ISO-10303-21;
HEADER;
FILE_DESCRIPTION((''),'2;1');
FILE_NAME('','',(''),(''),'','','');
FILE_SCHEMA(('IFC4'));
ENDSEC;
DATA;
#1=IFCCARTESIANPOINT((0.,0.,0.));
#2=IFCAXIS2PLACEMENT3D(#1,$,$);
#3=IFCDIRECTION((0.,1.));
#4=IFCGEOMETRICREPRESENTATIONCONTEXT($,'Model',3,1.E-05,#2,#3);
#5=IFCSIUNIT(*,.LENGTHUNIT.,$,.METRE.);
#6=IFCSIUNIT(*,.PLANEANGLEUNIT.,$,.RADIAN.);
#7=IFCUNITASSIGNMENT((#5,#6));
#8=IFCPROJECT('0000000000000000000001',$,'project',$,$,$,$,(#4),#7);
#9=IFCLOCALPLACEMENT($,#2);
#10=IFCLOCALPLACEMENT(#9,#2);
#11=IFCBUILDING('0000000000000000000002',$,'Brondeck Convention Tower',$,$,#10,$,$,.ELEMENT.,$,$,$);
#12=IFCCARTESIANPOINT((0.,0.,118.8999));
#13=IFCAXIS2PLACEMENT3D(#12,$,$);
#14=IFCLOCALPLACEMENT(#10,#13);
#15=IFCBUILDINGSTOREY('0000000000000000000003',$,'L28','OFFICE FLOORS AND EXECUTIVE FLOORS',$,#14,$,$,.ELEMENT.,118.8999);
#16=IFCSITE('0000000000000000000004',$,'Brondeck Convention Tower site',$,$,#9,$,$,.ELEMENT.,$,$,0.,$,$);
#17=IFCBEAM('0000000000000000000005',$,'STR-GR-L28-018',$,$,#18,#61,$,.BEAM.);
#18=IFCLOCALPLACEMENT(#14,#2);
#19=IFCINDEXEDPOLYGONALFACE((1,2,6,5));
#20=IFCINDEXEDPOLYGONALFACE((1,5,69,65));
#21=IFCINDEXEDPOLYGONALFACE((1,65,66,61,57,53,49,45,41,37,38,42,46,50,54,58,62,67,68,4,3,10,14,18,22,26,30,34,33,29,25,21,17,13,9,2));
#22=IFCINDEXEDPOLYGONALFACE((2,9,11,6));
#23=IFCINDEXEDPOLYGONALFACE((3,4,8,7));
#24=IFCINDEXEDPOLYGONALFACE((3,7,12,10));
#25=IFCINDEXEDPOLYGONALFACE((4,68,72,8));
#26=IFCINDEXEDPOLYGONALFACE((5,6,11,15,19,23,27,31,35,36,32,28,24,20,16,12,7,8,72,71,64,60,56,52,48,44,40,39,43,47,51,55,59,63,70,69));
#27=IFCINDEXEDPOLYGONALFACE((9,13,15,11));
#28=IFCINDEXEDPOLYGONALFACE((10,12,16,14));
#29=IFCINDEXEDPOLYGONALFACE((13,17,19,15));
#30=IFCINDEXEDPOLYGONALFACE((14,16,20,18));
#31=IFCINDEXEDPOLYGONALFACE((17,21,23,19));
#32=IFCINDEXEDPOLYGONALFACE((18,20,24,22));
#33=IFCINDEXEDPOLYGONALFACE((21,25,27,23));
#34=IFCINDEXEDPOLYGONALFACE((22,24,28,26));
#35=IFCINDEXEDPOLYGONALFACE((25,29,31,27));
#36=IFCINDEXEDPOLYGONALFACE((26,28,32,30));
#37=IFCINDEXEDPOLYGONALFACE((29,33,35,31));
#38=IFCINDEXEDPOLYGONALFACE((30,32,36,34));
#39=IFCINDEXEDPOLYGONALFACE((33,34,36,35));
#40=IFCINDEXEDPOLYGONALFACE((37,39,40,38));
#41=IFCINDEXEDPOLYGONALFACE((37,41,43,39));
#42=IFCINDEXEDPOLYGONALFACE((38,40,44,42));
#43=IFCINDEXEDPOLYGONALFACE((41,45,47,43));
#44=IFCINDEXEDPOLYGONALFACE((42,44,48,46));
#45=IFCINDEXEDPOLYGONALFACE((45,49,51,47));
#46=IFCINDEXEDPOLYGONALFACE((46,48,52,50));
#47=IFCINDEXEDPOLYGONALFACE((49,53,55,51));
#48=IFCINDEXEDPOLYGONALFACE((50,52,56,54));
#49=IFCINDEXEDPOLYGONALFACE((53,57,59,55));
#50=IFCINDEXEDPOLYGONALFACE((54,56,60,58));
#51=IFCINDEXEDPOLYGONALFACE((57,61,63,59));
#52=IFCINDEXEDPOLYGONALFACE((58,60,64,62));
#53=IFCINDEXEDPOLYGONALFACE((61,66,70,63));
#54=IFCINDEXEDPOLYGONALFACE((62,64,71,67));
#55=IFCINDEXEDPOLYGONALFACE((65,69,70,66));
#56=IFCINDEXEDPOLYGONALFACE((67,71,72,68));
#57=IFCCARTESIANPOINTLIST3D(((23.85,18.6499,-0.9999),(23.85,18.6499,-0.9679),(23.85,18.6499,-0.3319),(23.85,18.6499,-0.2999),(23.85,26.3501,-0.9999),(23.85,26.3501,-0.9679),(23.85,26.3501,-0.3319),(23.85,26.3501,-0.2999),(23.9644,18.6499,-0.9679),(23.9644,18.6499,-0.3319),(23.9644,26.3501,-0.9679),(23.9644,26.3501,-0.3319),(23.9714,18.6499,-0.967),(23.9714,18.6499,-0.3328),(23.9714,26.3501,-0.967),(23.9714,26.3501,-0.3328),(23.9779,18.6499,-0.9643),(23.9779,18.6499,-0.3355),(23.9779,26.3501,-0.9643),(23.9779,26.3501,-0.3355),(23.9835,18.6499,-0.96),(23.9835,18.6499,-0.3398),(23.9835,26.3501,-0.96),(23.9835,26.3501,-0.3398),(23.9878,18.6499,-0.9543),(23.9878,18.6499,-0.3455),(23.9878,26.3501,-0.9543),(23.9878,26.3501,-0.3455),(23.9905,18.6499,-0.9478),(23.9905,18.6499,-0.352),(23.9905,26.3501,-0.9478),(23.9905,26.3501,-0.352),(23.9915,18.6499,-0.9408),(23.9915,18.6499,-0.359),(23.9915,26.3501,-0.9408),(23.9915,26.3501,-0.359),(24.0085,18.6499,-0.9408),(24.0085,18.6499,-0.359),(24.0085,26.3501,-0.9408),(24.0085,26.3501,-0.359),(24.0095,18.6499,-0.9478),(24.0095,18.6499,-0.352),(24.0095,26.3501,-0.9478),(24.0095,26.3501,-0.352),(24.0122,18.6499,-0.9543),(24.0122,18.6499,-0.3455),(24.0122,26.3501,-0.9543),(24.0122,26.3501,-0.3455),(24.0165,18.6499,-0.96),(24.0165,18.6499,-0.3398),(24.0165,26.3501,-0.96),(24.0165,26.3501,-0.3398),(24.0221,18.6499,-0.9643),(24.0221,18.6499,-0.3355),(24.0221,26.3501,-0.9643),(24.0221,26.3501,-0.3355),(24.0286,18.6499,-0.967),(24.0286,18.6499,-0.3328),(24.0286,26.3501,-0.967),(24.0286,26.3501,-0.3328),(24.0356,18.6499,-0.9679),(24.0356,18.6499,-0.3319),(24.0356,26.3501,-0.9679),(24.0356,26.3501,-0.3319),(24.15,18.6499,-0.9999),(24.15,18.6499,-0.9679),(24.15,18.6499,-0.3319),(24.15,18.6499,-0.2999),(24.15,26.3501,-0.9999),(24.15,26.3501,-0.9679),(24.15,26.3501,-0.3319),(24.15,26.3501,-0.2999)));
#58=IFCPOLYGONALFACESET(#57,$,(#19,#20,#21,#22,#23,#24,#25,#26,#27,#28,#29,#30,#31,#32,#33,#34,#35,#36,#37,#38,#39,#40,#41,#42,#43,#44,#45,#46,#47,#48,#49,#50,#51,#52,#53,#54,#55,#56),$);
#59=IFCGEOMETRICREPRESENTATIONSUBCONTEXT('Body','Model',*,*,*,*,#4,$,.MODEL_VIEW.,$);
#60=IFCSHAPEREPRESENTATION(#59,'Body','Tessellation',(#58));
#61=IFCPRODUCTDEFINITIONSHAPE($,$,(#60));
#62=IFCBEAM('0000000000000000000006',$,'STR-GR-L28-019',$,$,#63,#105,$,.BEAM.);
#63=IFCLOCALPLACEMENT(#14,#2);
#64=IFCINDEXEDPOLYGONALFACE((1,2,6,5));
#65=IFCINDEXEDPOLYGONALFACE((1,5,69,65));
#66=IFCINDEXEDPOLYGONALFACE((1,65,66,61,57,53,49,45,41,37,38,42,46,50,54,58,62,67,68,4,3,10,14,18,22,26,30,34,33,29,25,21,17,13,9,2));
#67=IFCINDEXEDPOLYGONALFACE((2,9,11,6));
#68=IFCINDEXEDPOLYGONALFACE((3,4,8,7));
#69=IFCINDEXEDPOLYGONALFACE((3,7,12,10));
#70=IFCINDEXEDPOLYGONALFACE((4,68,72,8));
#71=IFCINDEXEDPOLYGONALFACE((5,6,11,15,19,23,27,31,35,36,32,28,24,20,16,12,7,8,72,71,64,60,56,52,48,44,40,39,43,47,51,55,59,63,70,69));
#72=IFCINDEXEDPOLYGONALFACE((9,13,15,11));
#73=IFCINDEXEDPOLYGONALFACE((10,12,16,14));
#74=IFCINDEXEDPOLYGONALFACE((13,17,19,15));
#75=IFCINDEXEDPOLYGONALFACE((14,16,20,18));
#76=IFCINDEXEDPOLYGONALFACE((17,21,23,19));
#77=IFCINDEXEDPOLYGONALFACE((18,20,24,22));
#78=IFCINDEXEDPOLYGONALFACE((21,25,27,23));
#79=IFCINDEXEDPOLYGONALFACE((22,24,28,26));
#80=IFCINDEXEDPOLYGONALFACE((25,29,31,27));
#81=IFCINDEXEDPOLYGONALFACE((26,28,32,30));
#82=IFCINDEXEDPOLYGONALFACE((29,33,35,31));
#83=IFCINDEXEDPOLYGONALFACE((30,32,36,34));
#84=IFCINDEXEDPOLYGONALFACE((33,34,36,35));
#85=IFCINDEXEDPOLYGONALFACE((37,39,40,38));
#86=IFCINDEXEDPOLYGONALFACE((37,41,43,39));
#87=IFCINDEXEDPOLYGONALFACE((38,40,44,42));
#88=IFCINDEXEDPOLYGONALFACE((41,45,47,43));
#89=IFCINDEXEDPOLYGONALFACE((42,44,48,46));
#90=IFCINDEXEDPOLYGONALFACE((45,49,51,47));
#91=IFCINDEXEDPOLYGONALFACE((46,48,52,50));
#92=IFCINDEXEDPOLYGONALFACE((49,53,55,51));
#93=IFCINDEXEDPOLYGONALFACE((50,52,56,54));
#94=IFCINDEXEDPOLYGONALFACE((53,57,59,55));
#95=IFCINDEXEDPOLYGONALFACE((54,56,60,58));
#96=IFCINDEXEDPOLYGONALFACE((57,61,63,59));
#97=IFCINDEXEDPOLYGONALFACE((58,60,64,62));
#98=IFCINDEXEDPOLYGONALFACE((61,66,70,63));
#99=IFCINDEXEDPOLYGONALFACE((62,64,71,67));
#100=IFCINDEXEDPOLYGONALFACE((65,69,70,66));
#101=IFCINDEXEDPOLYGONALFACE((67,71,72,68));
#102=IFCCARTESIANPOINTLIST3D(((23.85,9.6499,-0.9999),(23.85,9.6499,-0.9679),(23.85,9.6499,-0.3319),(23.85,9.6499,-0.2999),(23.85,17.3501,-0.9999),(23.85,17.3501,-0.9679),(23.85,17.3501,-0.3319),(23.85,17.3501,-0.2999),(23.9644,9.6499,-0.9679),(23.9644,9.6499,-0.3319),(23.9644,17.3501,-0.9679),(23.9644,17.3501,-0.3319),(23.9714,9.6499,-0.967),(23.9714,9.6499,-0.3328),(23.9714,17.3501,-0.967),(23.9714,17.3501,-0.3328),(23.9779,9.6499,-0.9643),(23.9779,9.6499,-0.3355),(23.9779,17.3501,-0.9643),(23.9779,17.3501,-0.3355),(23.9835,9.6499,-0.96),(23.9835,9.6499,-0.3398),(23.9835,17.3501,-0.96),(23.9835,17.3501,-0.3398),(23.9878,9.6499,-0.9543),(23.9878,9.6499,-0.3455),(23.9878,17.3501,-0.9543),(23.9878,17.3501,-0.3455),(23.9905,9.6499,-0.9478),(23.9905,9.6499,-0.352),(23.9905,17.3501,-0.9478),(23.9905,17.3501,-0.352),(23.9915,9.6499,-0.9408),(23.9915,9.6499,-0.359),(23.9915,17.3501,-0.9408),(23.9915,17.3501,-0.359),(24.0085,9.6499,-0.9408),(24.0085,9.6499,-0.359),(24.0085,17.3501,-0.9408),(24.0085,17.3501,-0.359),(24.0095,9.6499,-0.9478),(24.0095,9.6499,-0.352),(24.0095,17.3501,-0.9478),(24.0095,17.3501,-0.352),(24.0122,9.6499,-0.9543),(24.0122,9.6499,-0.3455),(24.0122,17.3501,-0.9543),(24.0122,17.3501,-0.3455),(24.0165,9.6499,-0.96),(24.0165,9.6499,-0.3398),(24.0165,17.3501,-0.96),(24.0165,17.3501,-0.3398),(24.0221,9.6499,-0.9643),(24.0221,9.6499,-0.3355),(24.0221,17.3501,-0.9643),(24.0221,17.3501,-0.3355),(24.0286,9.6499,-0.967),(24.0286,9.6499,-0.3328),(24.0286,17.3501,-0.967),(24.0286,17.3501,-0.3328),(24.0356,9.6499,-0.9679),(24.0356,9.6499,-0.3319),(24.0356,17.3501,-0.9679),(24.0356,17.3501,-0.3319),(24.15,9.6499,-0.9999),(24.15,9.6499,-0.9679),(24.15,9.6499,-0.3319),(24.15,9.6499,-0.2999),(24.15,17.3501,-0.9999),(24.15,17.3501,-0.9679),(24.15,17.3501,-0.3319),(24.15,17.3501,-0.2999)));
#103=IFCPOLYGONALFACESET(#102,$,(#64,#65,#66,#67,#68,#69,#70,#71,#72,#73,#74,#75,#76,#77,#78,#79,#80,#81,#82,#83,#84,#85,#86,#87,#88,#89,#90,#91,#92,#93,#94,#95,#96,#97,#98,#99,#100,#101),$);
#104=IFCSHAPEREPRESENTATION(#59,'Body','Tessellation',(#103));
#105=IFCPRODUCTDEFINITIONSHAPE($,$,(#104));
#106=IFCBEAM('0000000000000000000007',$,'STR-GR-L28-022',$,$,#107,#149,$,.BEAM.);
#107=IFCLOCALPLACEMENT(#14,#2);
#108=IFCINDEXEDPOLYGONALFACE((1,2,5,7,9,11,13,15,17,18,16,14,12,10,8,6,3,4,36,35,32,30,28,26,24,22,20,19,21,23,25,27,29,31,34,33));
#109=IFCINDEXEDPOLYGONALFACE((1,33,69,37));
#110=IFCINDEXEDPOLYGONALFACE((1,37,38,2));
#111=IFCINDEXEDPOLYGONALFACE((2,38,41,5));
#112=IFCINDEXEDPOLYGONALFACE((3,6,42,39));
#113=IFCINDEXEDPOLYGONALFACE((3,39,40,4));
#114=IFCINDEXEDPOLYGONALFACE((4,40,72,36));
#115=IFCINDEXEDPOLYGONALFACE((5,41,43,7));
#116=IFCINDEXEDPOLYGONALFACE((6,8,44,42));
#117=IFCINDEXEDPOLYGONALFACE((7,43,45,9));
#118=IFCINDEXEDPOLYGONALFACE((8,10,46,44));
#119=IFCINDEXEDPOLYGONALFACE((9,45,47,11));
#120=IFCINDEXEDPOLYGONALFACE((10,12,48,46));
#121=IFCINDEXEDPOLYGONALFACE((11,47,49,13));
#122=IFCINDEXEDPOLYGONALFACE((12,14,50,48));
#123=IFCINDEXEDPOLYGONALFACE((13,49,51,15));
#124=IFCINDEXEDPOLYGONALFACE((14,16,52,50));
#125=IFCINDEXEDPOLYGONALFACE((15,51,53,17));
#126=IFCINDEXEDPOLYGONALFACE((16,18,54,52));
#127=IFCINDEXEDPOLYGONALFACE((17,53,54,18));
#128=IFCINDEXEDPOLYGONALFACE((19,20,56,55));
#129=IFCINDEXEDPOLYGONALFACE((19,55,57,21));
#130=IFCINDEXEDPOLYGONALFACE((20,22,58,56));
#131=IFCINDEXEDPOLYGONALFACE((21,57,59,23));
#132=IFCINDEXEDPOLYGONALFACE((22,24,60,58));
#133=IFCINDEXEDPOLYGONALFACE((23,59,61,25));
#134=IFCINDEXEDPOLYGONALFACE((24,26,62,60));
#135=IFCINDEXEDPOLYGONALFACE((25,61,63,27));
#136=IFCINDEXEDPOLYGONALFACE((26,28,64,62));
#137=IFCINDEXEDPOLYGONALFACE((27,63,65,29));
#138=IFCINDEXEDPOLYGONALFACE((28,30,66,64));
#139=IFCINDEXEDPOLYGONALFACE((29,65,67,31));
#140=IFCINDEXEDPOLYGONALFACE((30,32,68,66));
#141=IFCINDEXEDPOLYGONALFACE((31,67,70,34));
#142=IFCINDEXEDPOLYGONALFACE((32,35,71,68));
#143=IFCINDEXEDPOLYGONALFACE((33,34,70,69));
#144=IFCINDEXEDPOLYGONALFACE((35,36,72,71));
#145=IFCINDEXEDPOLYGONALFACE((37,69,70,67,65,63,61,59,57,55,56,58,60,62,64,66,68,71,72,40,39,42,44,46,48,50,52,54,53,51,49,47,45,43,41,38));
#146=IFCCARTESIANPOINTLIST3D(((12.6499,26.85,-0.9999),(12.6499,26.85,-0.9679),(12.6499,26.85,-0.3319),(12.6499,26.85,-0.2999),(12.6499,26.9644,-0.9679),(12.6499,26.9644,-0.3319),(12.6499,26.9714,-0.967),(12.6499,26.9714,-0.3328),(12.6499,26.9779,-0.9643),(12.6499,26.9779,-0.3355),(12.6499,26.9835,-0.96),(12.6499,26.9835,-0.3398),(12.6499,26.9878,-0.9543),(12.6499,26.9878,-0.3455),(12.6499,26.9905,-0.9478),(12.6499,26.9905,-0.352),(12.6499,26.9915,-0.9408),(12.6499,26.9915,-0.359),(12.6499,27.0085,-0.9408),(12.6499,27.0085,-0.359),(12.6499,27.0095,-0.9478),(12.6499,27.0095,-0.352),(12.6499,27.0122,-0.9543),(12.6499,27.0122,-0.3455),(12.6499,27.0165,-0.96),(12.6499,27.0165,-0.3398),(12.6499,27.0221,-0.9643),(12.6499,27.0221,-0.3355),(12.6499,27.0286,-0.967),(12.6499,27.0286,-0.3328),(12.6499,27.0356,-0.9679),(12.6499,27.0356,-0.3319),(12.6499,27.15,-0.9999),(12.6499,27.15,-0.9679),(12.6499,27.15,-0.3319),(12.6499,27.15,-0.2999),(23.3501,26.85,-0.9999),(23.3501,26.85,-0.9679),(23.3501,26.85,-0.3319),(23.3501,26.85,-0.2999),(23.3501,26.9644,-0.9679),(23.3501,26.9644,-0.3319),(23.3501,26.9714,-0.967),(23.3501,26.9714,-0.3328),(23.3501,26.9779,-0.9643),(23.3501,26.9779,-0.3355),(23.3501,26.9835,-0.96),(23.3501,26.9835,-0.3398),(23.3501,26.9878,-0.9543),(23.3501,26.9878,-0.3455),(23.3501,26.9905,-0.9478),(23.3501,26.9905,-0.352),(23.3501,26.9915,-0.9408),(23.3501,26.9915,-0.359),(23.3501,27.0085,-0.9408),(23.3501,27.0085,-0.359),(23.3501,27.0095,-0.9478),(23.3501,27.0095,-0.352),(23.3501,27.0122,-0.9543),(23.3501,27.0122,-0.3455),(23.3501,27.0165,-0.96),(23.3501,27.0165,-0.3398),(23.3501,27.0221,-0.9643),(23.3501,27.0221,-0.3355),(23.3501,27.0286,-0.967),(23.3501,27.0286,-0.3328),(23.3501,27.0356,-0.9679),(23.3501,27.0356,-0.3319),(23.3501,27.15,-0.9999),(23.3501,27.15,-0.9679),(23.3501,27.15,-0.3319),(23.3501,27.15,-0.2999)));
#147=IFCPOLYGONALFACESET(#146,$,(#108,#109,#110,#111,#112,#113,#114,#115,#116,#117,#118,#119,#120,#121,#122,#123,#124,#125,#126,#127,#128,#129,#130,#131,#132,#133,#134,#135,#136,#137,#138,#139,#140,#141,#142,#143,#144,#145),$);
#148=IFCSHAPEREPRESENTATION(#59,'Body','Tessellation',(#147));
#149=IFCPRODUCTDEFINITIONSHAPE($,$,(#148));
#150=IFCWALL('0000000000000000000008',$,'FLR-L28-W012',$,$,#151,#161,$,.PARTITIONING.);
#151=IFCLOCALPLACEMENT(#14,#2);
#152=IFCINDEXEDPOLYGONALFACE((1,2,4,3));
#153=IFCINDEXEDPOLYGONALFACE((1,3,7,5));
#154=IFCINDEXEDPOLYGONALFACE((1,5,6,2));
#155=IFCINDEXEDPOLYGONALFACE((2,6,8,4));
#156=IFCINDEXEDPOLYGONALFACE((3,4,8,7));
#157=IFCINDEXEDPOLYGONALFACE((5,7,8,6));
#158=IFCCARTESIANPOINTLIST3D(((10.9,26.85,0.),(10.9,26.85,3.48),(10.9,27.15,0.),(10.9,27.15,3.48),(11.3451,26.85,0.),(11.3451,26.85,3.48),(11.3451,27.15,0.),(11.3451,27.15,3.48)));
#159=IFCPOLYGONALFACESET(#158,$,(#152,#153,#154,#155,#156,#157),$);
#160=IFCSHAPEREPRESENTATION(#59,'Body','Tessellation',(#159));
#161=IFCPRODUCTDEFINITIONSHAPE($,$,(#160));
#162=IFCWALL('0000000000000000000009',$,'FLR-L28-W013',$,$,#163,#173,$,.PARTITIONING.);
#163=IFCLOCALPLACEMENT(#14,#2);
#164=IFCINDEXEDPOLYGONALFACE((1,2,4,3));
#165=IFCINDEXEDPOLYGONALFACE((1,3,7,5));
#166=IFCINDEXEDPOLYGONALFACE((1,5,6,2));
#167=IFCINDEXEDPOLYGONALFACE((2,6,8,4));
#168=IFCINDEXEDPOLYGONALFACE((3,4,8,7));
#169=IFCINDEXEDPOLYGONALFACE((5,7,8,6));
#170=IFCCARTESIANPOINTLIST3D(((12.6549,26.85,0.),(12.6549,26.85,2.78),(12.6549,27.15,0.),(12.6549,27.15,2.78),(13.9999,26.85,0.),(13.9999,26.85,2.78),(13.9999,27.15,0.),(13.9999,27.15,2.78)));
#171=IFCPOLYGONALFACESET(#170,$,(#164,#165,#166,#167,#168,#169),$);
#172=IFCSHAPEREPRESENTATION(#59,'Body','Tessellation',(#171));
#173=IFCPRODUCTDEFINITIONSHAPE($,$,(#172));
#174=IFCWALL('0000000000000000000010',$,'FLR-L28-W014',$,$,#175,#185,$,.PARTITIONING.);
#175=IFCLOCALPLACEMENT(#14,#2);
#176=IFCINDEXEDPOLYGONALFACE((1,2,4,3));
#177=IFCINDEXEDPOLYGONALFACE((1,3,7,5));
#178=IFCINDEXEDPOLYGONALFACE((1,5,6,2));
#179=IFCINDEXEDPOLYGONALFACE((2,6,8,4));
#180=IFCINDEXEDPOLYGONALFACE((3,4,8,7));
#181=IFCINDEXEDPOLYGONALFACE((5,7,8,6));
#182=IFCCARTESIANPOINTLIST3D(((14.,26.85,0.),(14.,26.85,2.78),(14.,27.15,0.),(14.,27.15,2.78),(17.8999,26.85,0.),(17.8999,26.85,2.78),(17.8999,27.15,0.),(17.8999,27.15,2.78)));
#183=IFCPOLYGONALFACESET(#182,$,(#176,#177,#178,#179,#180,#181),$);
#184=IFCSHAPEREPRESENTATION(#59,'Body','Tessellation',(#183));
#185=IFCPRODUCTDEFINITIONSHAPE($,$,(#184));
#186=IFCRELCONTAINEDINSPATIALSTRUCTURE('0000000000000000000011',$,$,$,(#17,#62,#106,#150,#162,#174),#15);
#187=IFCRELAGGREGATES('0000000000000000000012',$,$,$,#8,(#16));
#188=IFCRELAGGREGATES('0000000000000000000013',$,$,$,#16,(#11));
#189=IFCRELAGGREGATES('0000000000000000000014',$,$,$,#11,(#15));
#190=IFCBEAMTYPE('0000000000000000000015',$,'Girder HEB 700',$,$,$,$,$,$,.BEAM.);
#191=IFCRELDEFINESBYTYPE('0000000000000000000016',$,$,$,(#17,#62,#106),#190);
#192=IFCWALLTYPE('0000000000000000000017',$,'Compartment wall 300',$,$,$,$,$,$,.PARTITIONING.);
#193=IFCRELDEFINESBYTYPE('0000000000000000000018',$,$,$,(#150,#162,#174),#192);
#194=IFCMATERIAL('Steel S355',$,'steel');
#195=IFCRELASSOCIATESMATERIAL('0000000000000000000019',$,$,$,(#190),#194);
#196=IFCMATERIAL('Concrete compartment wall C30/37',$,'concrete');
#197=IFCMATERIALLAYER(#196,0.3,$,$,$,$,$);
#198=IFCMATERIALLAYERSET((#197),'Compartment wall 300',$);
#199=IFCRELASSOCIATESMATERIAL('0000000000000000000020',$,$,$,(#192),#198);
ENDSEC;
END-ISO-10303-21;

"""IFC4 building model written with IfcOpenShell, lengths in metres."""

from ifc_helpers import new_model, si_unit, direction, frame, frame_2d, origin, origin_2d, place, context, subcontext, project, spatial, rectangle, i_section, extrude, material, layer, layer_set, material_profile, profile_set, type_object, element, save


model = new_model("IFC4")

# Units and contexts
model_context = context("Model", 3, precision=1e-05, world=origin(), true_north=direction((0.0, 1.0)))
body_context = subcontext(model_context, "Body", "Model", "MODEL_VIEW")
ifc_project = project(units=[si_unit("LENGTHUNIT", "METRE"), si_unit("PLANEANGLEUNIT", "RADIAN")], contexts=[model_context])

# Site, building, storey
site_placement = place(None, origin())
site = spatial("IfcSite", under=ifc_project, at=site_placement, Name="Brondeck Convention Tower site", CompositionType="ELEMENT", RefElevation=0.0)
building_placement = place(site_placement, origin())
building = spatial("IfcBuilding", under=site, at=building_placement, Name="Brondeck Convention Tower", CompositionType="ELEMENT")
storey_placement = place(building_placement, frame((0.0, 0.0, 118.8999)))
storey = spatial("IfcBuildingStorey", under=building, at=storey_placement, Name="L28", Description="OFFICE FLOORS AND EXECUTIVE FLOORS", CompositionType="ELEMENT", Elevation=118.8999)

# Beams
ifc_material_1 = material(Name="Steel S355", Category="steel")
ifc_material_profile_1 = material_profile(ifc_material_1, i_section(OverallWidth=0.3, OverallDepth=0.7, WebThickness=0.0171, FlangeThickness=0.032, FilletRadius=0.0271, at=origin_2d()), Name="HEB 700")
ifc_profile_set_1 = profile_set([ifc_material_profile_1], Name="Steel S355")
beam_type_1 = type_object("IfcBeamType", Name="Girder HEB 700", PredefinedType="BEAM", material=ifc_profile_set_1)
for number, where, z_axis, x_axis, name in (
    (1, (24.0, 26.3501, -0.6499), (0.0, -1.0, 0.0), (1.0, 0.0, 0.0), "STR-GR-L28-018"),
    (2, (24.0, 17.3501, -0.6499), (0.0, -1.0, 0.0), (1.0, 0.0, 0.0), "STR-GR-L28-019"),
):
    element("IfcBeam", number, at=place(storey_placement, frame(where, z_axis=z_axis, x_axis=x_axis)), inside=storey, type_object=beam_type_1, Name=name, PredefinedType="BEAM", context=body_context, shape_type="SweptSolid", body=[
        extrude(i_section(OverallWidth=0.3, OverallDepth=0.7, WebThickness=0.0171, FlangeThickness=0.032, FilletRadius=0.0271, at=origin_2d()), origin(), (0.0, 0.0, 1.0), 7.7002),
    ])
beam_1_placement = place(storey_placement, frame((12.6499, 27.0, -0.6499), z_axis=(1.0, 0.0, 0.0), x_axis=(0.0, 1.0, 0.0)))
element("IfcBeam", 3, at=beam_1_placement, inside=storey, type_object=beam_type_1, Name="STR-GR-L28-022", PredefinedType="BEAM", context=body_context, shape_type="SweptSolid", body=[
    extrude(i_section(OverallWidth=0.3, OverallDepth=0.7, WebThickness=0.0171, FlangeThickness=0.032, FilletRadius=0.0271, at=origin_2d()), origin(), (0.0, 0.0, 1.0), 10.7002),
])

# Walls
ifc_material_2 = material(Name="Concrete compartment wall C30/37", Category="concrete")
ifc_layer_1 = layer(ifc_material_2, 0.3)
ifc_layer_set_1 = layer_set([ifc_layer_1], Name="Compartment wall 300")
wall_type_1 = type_object("IfcWallType", Name="Compartment wall 300", PredefinedType="PARTITIONING", material=ifc_layer_set_1)
wall_1_placement = place(storey_placement, frame((10.8999, 27.0, 0.0), z_axis=(0.0, 0.0, 1.0), x_axis=(1.0, 0.0, 0.0)))
element("IfcWall", 4, at=wall_1_placement, inside=storey, type_object=wall_type_1, Name="FLR-L28-W012", PredefinedType="PARTITIONING", context=body_context, shape_type="SweptSolid", body=[
    extrude(rectangle(XDim=0.4451, YDim=0.3, at=frame_2d((0.2227, 0.0))), origin(), (0.0, 0.0, 1.0), 3.48),
])
wall_2_placement = place(storey_placement, frame((12.655, 27.0, 0.0), z_axis=(0.0, 0.0, 1.0), x_axis=(1.0, 0.0, 0.0)))
element("IfcWall", 5, at=wall_2_placement, inside=storey, type_object=wall_type_1, Name="FLR-L28-W013", PredefinedType="PARTITIONING", context=body_context, shape_type="SweptSolid", body=[
    extrude(rectangle(XDim=1.345, YDim=0.3, at=frame_2d((0.6724, 0.0))), origin(), (0.0, 0.0, 1.0), 2.78),
])
wall_3_placement = place(storey_placement, frame((14.0, 27.0, 0.0), z_axis=(0.0, 0.0, 1.0), x_axis=(1.0, 0.0, 0.0)))
element("IfcWall", 6, at=wall_3_placement, inside=storey, type_object=wall_type_1, Name="FLR-L28-W014", PredefinedType="PARTITIONING", context=body_context, shape_type="SweptSolid", body=[
    extrude(rectangle(XDim=3.8999, YDim=0.3, at=frame_2d((1.95, 0.0))), origin(), (0.0, 0.0, 1.0), 2.78),
])

save(model, "model.ifc")
